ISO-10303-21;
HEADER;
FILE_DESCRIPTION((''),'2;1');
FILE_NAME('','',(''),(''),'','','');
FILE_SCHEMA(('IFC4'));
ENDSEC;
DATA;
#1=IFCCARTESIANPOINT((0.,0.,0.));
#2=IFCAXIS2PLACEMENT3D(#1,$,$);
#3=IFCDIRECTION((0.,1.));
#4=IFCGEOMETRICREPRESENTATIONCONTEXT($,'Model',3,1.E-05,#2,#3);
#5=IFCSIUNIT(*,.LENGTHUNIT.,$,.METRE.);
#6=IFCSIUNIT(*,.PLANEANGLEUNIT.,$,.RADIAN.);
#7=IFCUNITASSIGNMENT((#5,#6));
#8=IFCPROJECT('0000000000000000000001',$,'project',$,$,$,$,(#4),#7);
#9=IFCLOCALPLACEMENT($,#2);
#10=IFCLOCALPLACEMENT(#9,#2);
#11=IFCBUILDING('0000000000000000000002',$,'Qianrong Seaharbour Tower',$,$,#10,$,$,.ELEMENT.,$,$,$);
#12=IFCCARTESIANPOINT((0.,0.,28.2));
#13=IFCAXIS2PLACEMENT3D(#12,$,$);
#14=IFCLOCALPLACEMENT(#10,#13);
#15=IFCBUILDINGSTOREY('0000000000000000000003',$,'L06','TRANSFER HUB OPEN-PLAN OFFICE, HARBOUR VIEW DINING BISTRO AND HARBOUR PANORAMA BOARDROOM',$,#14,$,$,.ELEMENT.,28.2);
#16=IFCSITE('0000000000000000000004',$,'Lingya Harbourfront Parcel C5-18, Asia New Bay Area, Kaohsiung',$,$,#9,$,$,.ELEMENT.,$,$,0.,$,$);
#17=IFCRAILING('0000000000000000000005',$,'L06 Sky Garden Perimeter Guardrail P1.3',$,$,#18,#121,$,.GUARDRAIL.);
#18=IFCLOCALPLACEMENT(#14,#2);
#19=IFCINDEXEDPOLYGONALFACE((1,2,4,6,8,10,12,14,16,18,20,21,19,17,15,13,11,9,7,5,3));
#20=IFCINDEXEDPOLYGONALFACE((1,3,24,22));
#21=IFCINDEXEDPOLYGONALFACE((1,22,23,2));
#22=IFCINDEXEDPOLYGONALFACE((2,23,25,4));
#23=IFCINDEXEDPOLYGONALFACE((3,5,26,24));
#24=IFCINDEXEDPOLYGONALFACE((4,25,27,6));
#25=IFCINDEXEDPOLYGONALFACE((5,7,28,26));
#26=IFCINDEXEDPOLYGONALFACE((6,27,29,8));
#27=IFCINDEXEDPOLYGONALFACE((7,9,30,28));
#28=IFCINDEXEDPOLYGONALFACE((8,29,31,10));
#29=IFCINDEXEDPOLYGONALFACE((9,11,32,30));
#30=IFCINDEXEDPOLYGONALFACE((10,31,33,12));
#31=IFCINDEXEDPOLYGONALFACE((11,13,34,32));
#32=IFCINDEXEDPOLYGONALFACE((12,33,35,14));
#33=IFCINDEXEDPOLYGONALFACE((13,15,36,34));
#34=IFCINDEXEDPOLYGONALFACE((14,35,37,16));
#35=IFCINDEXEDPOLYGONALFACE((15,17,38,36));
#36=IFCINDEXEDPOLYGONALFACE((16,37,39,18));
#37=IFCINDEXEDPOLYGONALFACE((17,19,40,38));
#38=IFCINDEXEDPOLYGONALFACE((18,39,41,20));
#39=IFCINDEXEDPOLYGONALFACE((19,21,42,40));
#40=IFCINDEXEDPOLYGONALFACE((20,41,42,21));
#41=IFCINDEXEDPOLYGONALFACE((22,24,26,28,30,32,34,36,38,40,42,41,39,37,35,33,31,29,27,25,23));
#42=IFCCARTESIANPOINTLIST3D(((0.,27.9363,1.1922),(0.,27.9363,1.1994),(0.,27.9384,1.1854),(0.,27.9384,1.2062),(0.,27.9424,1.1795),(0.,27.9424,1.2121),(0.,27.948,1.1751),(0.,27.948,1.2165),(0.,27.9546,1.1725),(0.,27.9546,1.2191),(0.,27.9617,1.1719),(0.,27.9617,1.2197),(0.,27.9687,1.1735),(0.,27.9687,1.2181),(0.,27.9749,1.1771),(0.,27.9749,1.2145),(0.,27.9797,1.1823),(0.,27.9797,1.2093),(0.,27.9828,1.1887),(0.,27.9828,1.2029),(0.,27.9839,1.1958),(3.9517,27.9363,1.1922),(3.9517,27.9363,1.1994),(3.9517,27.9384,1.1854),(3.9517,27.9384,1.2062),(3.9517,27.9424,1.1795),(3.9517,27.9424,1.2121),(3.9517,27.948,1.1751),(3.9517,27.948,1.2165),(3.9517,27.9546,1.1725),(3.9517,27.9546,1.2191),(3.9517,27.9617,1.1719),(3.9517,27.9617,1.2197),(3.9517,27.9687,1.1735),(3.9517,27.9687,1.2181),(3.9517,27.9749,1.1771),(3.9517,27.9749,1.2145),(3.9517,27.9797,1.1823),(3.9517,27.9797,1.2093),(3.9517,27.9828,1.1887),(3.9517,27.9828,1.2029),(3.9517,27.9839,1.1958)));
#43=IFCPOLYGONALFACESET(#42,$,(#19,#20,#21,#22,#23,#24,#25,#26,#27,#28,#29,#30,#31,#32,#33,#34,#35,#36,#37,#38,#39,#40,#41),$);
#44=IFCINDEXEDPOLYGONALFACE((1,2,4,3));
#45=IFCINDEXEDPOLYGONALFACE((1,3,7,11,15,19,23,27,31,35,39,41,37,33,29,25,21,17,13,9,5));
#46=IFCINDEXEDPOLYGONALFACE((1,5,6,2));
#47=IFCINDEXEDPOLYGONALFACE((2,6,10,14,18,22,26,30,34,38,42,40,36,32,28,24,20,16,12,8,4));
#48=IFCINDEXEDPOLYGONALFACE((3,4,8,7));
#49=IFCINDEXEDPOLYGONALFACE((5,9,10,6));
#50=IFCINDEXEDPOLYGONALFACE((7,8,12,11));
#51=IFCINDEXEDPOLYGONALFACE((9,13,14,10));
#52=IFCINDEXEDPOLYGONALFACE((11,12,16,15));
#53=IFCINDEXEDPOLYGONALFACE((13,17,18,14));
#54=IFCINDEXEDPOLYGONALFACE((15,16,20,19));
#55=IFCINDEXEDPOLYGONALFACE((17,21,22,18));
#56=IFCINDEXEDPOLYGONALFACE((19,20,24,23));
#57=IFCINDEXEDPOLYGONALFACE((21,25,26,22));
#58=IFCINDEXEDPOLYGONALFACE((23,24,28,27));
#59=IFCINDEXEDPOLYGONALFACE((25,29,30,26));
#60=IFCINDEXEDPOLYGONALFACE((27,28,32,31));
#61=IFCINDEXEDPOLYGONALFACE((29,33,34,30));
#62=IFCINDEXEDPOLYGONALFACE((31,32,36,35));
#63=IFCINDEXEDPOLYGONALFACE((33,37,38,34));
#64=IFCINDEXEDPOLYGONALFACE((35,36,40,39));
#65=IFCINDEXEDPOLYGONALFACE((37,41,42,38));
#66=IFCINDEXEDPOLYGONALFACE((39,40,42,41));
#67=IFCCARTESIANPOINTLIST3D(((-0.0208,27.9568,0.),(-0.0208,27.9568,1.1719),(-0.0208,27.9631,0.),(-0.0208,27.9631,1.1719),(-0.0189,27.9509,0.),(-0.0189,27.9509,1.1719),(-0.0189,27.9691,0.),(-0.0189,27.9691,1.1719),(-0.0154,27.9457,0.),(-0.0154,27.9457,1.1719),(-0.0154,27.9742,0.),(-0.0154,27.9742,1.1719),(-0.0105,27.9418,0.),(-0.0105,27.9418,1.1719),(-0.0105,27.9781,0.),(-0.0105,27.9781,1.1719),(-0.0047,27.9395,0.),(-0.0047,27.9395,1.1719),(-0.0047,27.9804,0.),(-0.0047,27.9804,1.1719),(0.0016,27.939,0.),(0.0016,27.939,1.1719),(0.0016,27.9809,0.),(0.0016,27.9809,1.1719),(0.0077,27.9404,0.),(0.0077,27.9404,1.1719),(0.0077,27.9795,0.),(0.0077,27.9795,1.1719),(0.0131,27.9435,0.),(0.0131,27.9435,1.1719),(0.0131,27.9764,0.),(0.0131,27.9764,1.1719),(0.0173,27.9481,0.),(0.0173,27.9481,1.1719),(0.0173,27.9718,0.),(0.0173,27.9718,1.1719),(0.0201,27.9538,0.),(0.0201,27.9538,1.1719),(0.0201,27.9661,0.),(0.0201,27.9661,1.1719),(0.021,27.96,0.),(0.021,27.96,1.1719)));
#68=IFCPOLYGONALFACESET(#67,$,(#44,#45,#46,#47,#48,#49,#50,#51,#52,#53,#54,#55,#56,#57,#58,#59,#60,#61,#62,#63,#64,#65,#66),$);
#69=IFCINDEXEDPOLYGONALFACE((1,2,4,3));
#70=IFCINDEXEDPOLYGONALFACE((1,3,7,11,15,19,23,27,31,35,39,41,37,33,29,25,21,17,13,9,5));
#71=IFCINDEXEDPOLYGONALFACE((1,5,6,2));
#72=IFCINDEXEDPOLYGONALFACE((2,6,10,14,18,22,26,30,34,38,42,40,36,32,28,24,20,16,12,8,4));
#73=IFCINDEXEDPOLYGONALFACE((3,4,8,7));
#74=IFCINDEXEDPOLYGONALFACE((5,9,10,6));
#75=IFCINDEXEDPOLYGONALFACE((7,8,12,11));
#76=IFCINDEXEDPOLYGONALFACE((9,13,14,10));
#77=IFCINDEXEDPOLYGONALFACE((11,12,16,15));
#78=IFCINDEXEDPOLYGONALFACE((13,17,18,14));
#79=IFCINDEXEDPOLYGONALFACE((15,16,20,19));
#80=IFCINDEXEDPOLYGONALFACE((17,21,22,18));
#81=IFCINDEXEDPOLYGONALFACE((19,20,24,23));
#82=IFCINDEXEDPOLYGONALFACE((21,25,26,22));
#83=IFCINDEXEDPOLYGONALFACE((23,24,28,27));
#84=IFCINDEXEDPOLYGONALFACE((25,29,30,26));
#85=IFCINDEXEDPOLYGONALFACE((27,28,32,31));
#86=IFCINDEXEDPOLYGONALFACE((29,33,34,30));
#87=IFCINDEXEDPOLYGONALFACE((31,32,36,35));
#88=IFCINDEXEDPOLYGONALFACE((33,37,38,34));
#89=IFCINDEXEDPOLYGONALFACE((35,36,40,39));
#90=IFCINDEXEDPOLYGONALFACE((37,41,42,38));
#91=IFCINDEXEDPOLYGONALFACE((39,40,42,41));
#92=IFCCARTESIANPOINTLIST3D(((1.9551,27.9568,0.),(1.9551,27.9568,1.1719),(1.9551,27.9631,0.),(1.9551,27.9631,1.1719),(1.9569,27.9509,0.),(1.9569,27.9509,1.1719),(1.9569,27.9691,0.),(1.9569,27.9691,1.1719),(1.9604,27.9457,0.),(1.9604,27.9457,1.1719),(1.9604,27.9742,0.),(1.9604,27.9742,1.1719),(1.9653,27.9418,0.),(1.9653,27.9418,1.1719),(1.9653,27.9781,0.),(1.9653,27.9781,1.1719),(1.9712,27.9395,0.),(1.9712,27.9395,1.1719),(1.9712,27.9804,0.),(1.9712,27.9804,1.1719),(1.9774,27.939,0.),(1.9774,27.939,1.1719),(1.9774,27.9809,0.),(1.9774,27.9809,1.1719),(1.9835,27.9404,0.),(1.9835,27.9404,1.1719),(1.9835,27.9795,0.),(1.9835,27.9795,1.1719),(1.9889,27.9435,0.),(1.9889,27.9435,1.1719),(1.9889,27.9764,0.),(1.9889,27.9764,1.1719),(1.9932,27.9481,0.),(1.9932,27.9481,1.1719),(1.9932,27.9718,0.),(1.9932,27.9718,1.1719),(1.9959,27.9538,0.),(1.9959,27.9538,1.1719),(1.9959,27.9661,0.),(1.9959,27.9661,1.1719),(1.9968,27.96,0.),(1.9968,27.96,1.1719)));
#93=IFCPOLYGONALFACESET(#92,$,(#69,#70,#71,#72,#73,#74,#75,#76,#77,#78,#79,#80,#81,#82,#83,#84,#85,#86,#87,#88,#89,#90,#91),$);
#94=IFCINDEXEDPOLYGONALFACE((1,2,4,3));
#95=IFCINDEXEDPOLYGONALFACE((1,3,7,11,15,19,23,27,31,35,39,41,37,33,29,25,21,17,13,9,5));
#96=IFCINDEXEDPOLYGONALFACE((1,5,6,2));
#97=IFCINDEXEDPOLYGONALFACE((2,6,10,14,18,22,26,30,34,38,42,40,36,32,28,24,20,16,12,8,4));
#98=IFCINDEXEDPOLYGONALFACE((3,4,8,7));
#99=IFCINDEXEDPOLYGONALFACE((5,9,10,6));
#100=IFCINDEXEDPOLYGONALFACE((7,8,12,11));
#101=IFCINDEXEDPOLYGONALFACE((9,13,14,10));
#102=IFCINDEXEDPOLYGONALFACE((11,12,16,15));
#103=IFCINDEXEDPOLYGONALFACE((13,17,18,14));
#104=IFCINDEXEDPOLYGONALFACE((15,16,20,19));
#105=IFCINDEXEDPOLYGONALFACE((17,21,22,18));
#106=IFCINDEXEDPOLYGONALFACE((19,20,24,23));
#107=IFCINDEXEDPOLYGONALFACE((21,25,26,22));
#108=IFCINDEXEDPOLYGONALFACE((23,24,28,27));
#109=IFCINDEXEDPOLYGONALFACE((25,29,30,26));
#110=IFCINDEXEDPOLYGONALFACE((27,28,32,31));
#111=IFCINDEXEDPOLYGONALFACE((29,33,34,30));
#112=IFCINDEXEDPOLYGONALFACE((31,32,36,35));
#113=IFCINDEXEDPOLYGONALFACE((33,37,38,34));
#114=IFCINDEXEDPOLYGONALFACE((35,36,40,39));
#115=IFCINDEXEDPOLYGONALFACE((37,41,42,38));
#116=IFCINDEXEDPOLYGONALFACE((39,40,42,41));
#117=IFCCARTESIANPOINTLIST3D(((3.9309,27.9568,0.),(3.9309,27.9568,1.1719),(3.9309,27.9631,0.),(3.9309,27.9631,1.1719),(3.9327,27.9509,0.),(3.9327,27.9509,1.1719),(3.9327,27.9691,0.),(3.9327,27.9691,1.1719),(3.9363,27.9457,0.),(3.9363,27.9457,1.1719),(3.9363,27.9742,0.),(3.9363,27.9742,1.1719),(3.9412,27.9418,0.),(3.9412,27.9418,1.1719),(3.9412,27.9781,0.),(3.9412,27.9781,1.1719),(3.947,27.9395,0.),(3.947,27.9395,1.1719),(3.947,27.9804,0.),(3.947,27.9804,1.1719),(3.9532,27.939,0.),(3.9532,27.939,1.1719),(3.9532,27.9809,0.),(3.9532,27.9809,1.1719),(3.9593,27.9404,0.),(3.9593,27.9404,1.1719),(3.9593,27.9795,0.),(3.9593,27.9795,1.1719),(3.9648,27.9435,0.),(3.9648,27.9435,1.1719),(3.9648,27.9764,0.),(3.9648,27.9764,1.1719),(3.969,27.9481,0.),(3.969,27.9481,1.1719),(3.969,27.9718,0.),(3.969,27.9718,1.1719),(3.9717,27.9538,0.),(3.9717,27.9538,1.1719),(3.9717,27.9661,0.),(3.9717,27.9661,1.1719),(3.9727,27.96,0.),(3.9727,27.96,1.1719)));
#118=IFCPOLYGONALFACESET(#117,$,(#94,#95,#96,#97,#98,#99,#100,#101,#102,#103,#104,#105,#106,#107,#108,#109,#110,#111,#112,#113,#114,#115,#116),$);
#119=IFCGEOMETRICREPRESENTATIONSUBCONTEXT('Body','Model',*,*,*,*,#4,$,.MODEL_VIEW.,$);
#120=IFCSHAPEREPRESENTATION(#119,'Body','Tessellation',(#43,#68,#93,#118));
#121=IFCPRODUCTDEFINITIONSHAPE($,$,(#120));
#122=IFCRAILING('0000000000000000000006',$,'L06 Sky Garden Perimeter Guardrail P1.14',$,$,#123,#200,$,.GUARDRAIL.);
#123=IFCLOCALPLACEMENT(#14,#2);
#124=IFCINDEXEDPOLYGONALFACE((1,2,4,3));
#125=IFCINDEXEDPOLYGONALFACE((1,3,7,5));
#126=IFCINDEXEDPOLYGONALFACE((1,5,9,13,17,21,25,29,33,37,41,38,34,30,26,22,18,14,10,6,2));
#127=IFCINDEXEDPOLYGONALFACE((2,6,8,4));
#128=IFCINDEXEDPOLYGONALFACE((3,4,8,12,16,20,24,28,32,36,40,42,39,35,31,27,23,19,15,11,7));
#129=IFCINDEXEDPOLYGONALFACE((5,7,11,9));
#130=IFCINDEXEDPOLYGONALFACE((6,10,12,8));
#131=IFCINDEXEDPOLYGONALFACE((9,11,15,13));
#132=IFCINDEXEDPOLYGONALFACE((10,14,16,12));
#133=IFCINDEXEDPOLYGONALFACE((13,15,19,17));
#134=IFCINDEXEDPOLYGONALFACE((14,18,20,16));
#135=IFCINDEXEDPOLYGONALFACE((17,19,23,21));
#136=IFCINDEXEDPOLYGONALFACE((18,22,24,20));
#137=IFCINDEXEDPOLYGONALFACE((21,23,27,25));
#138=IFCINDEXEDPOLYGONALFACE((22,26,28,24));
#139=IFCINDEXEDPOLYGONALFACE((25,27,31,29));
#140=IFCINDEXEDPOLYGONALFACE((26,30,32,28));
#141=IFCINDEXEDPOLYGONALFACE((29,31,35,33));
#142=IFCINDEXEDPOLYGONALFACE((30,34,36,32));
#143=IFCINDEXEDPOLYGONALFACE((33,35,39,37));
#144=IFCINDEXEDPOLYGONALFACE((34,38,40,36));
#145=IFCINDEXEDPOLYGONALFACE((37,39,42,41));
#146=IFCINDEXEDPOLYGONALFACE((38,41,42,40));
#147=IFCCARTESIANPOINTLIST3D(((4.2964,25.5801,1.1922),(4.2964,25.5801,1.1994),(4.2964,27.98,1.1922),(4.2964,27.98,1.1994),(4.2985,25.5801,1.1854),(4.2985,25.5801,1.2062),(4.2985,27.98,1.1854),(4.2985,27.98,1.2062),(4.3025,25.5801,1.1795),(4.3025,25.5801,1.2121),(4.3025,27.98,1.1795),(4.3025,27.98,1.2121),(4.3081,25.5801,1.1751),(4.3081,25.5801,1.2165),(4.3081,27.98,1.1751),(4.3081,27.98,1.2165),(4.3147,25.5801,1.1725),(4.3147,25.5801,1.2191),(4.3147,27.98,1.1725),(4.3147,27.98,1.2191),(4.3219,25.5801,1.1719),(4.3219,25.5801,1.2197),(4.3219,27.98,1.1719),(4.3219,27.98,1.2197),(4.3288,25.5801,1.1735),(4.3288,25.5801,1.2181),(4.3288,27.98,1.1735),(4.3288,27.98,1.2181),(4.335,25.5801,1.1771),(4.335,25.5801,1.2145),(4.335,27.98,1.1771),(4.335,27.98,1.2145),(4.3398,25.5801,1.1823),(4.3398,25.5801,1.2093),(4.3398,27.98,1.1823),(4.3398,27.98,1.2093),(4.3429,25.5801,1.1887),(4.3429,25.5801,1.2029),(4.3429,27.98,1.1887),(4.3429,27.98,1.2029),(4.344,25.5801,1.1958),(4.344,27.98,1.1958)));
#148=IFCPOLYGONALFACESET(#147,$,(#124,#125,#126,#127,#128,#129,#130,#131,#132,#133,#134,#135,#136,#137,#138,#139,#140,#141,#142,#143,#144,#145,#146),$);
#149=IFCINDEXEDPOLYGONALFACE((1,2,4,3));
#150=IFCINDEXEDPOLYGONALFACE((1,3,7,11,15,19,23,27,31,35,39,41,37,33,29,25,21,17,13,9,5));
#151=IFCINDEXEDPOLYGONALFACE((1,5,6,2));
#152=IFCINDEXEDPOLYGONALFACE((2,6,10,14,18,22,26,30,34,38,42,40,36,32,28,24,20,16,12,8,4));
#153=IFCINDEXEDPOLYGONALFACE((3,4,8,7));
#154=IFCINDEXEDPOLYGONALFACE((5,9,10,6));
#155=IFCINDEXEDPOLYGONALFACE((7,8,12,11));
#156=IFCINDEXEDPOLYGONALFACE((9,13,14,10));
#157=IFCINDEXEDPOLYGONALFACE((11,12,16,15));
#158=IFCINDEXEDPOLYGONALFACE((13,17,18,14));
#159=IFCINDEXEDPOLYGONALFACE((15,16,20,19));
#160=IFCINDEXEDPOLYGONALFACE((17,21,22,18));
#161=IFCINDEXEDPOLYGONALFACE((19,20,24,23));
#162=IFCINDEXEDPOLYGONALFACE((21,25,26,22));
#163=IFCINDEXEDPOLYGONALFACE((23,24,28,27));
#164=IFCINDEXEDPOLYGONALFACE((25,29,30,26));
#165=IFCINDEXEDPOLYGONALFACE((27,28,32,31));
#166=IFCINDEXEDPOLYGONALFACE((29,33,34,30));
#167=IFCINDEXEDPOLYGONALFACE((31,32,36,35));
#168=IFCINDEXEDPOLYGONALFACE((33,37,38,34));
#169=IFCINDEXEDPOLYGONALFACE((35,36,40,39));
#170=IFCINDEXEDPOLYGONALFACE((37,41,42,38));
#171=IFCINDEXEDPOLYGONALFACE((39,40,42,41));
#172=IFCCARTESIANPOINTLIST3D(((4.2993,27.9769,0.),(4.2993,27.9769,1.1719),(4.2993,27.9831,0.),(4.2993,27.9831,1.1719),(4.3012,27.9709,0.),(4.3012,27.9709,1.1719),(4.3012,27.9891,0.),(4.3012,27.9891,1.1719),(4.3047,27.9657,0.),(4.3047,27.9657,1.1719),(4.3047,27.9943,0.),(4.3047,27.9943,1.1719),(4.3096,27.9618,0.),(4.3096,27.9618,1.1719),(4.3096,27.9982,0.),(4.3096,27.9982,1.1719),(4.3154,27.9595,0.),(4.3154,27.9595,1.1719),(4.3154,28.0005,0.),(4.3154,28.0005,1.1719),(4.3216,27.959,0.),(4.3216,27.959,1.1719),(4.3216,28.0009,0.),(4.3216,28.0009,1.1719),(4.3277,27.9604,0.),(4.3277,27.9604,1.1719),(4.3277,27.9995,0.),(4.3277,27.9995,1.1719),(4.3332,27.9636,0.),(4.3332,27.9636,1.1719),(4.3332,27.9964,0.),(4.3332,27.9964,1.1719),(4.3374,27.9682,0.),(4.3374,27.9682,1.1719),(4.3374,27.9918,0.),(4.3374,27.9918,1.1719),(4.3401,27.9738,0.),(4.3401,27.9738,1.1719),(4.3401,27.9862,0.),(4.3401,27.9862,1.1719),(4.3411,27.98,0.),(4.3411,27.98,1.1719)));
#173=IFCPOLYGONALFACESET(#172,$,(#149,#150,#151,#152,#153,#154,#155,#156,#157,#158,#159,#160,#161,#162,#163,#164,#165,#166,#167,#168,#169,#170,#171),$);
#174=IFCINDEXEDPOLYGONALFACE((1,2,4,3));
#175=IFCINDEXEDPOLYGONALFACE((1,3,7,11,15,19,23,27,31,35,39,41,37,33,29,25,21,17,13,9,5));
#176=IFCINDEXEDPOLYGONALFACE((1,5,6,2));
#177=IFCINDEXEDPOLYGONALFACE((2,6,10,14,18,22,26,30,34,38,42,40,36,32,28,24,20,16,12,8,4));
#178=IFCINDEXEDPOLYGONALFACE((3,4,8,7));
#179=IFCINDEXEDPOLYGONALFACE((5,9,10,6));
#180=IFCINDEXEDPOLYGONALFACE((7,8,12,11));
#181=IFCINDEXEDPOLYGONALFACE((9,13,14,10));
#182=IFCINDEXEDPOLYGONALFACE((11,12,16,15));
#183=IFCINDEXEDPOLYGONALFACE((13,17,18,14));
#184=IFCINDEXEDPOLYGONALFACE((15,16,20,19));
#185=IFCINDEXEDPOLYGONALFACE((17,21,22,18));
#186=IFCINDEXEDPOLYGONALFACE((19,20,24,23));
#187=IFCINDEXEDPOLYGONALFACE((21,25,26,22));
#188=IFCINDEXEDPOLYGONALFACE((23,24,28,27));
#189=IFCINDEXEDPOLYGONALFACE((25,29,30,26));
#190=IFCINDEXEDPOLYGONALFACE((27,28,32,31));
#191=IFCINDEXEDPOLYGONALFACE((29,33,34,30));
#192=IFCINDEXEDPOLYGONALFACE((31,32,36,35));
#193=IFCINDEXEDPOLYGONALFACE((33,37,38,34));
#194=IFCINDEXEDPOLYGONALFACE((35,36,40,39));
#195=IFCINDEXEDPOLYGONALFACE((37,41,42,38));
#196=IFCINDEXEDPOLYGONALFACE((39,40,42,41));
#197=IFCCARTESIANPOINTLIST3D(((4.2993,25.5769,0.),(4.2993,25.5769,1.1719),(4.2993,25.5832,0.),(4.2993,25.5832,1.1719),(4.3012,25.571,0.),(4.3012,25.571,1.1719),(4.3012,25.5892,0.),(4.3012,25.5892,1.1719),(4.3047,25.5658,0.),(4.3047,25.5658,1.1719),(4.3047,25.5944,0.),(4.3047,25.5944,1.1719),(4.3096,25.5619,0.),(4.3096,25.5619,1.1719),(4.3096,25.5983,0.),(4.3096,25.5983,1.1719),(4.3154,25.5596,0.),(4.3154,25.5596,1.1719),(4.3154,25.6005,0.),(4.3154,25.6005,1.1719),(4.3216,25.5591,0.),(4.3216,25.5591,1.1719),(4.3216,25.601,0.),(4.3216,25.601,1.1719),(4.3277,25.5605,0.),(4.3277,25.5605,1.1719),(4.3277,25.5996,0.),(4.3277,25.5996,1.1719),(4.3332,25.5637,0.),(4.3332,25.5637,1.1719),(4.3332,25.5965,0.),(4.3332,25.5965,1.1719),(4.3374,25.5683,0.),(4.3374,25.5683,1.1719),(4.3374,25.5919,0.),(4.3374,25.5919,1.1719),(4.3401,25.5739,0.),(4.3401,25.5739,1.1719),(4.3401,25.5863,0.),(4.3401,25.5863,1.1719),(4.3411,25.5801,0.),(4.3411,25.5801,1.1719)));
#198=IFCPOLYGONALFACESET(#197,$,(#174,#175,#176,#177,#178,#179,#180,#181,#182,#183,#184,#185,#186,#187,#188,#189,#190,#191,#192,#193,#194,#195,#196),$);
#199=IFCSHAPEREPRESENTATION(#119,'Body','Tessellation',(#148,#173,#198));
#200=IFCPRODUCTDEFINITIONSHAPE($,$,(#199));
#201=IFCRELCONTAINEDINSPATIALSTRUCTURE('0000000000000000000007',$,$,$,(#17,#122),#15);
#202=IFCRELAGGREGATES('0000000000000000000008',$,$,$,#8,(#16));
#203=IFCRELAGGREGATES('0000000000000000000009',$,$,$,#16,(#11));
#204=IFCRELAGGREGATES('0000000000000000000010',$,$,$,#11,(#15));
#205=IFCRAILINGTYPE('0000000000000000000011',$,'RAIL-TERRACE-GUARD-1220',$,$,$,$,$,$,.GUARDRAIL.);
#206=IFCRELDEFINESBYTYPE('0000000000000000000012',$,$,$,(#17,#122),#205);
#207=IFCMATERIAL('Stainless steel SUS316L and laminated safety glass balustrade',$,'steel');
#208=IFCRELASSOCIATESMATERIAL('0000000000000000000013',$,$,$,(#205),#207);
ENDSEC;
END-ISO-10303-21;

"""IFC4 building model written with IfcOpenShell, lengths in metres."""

from ifc_helpers import new_model, si_unit, direction, frame, origin, origin_2d, place, context, subcontext, project, spatial, circle, extrude, material, type_object, element, save


model = new_model("IFC4")

# Units and contexts
model_context = context("Model", 3, precision=1e-05, world=origin(), true_north=direction((0.0, 1.0)))
body_context = subcontext(model_context, "Body", "Model", "MODEL_VIEW")
ifc_project = project(units=[si_unit("LENGTHUNIT", "METRE"), si_unit("PLANEANGLEUNIT", "RADIAN")], contexts=[model_context])

# Site, building, storey
site_placement = place(None, origin())
site = spatial("IfcSite", under=ifc_project, at=site_placement, Name="Lingya Harbourfront Parcel C5-18, Asia New Bay Area, Kaohsiung", CompositionType="ELEMENT", RefElevation=0.0)
building_placement = place(site_placement, origin())
building = spatial("IfcBuilding", under=site, at=building_placement, Name="Qianrong Seaharbour Tower", CompositionType="ELEMENT")
storey_placement = place(building_placement, frame((0.0, 0.0, 28.2)))
storey = spatial("IfcBuildingStorey", under=building, at=storey_placement, Name="L06", Description="TRANSFER HUB OPEN-PLAN OFFICE, HARBOUR VIEW DINING BISTRO AND HARBOUR PANORAMA BOARDROOM", CompositionType="ELEMENT", Elevation=28.2)

# Railings
ifc_material_1 = material(Name="Stainless steel SUS316L and laminated safety glass balustrade", Category="steel")
railing_type = type_object("IfcRailingType", Name="RAIL-TERRACE-GUARD-1220", PredefinedType="GUARDRAIL", material=ifc_material_1)
railing_1_placement = place(storey_placement, frame((0.0, 27.96, 0.0)))
element("IfcRailing", 1, at=railing_1_placement, inside=storey, type_object=railing_type, Name="L06 Sky Garden Perimeter Guardrail P1.3", PredefinedType="GUARDRAIL", context=body_context, shape_type="SweptSolid", body=[
    extrude(circle(Radius=0.0239, at=origin_2d()), frame((0.0, 0.0, 1.1958), z_axis=(1.0, 0.0, 0.0), x_axis=(0.0, 1.0, 0.0)), (0.0, 0.0, 1.0), 3.9517),
    extrude(circle(Radius=0.021, at=origin_2d()), origin(), (0.0, 0.0, 1.0), 1.1719),
    extrude(circle(Radius=0.021, at=origin_2d()), frame((1.9758, 0.0, 0.0)), (0.0, 0.0, 1.0), 1.1719),
    extrude(circle(Radius=0.021, at=origin_2d()), frame((3.9517, 0.0, 0.0)), (0.0, 0.0, 1.0), 1.1719),
])
railing_2_placement = place(storey_placement, frame((4.3201, 27.98, 0.0)))
element("IfcRailing", 2, at=railing_2_placement, inside=storey, type_object=railing_type, Name="L06 Sky Garden Perimeter Guardrail P1.14", PredefinedType="GUARDRAIL", context=body_context, shape_type="SweptSolid", body=[
    extrude(circle(Radius=0.0239, at=origin_2d()), frame((0.0, 0.0, 1.1958), z_axis=(0.0, -1.0, 0.0), x_axis=(1.0, 0.0, 0.0)), (0.0, 0.0, 1.0), 2.3999),
    extrude(circle(Radius=0.021, at=origin_2d()), origin(), (0.0, 0.0, 1.0), 1.1719),
    extrude(circle(Radius=0.021, at=origin_2d()), frame((0.0, -2.3999, 0.0)), (0.0, 0.0, 1.0), 1.1719),
])

save(model, "model.ifc")
